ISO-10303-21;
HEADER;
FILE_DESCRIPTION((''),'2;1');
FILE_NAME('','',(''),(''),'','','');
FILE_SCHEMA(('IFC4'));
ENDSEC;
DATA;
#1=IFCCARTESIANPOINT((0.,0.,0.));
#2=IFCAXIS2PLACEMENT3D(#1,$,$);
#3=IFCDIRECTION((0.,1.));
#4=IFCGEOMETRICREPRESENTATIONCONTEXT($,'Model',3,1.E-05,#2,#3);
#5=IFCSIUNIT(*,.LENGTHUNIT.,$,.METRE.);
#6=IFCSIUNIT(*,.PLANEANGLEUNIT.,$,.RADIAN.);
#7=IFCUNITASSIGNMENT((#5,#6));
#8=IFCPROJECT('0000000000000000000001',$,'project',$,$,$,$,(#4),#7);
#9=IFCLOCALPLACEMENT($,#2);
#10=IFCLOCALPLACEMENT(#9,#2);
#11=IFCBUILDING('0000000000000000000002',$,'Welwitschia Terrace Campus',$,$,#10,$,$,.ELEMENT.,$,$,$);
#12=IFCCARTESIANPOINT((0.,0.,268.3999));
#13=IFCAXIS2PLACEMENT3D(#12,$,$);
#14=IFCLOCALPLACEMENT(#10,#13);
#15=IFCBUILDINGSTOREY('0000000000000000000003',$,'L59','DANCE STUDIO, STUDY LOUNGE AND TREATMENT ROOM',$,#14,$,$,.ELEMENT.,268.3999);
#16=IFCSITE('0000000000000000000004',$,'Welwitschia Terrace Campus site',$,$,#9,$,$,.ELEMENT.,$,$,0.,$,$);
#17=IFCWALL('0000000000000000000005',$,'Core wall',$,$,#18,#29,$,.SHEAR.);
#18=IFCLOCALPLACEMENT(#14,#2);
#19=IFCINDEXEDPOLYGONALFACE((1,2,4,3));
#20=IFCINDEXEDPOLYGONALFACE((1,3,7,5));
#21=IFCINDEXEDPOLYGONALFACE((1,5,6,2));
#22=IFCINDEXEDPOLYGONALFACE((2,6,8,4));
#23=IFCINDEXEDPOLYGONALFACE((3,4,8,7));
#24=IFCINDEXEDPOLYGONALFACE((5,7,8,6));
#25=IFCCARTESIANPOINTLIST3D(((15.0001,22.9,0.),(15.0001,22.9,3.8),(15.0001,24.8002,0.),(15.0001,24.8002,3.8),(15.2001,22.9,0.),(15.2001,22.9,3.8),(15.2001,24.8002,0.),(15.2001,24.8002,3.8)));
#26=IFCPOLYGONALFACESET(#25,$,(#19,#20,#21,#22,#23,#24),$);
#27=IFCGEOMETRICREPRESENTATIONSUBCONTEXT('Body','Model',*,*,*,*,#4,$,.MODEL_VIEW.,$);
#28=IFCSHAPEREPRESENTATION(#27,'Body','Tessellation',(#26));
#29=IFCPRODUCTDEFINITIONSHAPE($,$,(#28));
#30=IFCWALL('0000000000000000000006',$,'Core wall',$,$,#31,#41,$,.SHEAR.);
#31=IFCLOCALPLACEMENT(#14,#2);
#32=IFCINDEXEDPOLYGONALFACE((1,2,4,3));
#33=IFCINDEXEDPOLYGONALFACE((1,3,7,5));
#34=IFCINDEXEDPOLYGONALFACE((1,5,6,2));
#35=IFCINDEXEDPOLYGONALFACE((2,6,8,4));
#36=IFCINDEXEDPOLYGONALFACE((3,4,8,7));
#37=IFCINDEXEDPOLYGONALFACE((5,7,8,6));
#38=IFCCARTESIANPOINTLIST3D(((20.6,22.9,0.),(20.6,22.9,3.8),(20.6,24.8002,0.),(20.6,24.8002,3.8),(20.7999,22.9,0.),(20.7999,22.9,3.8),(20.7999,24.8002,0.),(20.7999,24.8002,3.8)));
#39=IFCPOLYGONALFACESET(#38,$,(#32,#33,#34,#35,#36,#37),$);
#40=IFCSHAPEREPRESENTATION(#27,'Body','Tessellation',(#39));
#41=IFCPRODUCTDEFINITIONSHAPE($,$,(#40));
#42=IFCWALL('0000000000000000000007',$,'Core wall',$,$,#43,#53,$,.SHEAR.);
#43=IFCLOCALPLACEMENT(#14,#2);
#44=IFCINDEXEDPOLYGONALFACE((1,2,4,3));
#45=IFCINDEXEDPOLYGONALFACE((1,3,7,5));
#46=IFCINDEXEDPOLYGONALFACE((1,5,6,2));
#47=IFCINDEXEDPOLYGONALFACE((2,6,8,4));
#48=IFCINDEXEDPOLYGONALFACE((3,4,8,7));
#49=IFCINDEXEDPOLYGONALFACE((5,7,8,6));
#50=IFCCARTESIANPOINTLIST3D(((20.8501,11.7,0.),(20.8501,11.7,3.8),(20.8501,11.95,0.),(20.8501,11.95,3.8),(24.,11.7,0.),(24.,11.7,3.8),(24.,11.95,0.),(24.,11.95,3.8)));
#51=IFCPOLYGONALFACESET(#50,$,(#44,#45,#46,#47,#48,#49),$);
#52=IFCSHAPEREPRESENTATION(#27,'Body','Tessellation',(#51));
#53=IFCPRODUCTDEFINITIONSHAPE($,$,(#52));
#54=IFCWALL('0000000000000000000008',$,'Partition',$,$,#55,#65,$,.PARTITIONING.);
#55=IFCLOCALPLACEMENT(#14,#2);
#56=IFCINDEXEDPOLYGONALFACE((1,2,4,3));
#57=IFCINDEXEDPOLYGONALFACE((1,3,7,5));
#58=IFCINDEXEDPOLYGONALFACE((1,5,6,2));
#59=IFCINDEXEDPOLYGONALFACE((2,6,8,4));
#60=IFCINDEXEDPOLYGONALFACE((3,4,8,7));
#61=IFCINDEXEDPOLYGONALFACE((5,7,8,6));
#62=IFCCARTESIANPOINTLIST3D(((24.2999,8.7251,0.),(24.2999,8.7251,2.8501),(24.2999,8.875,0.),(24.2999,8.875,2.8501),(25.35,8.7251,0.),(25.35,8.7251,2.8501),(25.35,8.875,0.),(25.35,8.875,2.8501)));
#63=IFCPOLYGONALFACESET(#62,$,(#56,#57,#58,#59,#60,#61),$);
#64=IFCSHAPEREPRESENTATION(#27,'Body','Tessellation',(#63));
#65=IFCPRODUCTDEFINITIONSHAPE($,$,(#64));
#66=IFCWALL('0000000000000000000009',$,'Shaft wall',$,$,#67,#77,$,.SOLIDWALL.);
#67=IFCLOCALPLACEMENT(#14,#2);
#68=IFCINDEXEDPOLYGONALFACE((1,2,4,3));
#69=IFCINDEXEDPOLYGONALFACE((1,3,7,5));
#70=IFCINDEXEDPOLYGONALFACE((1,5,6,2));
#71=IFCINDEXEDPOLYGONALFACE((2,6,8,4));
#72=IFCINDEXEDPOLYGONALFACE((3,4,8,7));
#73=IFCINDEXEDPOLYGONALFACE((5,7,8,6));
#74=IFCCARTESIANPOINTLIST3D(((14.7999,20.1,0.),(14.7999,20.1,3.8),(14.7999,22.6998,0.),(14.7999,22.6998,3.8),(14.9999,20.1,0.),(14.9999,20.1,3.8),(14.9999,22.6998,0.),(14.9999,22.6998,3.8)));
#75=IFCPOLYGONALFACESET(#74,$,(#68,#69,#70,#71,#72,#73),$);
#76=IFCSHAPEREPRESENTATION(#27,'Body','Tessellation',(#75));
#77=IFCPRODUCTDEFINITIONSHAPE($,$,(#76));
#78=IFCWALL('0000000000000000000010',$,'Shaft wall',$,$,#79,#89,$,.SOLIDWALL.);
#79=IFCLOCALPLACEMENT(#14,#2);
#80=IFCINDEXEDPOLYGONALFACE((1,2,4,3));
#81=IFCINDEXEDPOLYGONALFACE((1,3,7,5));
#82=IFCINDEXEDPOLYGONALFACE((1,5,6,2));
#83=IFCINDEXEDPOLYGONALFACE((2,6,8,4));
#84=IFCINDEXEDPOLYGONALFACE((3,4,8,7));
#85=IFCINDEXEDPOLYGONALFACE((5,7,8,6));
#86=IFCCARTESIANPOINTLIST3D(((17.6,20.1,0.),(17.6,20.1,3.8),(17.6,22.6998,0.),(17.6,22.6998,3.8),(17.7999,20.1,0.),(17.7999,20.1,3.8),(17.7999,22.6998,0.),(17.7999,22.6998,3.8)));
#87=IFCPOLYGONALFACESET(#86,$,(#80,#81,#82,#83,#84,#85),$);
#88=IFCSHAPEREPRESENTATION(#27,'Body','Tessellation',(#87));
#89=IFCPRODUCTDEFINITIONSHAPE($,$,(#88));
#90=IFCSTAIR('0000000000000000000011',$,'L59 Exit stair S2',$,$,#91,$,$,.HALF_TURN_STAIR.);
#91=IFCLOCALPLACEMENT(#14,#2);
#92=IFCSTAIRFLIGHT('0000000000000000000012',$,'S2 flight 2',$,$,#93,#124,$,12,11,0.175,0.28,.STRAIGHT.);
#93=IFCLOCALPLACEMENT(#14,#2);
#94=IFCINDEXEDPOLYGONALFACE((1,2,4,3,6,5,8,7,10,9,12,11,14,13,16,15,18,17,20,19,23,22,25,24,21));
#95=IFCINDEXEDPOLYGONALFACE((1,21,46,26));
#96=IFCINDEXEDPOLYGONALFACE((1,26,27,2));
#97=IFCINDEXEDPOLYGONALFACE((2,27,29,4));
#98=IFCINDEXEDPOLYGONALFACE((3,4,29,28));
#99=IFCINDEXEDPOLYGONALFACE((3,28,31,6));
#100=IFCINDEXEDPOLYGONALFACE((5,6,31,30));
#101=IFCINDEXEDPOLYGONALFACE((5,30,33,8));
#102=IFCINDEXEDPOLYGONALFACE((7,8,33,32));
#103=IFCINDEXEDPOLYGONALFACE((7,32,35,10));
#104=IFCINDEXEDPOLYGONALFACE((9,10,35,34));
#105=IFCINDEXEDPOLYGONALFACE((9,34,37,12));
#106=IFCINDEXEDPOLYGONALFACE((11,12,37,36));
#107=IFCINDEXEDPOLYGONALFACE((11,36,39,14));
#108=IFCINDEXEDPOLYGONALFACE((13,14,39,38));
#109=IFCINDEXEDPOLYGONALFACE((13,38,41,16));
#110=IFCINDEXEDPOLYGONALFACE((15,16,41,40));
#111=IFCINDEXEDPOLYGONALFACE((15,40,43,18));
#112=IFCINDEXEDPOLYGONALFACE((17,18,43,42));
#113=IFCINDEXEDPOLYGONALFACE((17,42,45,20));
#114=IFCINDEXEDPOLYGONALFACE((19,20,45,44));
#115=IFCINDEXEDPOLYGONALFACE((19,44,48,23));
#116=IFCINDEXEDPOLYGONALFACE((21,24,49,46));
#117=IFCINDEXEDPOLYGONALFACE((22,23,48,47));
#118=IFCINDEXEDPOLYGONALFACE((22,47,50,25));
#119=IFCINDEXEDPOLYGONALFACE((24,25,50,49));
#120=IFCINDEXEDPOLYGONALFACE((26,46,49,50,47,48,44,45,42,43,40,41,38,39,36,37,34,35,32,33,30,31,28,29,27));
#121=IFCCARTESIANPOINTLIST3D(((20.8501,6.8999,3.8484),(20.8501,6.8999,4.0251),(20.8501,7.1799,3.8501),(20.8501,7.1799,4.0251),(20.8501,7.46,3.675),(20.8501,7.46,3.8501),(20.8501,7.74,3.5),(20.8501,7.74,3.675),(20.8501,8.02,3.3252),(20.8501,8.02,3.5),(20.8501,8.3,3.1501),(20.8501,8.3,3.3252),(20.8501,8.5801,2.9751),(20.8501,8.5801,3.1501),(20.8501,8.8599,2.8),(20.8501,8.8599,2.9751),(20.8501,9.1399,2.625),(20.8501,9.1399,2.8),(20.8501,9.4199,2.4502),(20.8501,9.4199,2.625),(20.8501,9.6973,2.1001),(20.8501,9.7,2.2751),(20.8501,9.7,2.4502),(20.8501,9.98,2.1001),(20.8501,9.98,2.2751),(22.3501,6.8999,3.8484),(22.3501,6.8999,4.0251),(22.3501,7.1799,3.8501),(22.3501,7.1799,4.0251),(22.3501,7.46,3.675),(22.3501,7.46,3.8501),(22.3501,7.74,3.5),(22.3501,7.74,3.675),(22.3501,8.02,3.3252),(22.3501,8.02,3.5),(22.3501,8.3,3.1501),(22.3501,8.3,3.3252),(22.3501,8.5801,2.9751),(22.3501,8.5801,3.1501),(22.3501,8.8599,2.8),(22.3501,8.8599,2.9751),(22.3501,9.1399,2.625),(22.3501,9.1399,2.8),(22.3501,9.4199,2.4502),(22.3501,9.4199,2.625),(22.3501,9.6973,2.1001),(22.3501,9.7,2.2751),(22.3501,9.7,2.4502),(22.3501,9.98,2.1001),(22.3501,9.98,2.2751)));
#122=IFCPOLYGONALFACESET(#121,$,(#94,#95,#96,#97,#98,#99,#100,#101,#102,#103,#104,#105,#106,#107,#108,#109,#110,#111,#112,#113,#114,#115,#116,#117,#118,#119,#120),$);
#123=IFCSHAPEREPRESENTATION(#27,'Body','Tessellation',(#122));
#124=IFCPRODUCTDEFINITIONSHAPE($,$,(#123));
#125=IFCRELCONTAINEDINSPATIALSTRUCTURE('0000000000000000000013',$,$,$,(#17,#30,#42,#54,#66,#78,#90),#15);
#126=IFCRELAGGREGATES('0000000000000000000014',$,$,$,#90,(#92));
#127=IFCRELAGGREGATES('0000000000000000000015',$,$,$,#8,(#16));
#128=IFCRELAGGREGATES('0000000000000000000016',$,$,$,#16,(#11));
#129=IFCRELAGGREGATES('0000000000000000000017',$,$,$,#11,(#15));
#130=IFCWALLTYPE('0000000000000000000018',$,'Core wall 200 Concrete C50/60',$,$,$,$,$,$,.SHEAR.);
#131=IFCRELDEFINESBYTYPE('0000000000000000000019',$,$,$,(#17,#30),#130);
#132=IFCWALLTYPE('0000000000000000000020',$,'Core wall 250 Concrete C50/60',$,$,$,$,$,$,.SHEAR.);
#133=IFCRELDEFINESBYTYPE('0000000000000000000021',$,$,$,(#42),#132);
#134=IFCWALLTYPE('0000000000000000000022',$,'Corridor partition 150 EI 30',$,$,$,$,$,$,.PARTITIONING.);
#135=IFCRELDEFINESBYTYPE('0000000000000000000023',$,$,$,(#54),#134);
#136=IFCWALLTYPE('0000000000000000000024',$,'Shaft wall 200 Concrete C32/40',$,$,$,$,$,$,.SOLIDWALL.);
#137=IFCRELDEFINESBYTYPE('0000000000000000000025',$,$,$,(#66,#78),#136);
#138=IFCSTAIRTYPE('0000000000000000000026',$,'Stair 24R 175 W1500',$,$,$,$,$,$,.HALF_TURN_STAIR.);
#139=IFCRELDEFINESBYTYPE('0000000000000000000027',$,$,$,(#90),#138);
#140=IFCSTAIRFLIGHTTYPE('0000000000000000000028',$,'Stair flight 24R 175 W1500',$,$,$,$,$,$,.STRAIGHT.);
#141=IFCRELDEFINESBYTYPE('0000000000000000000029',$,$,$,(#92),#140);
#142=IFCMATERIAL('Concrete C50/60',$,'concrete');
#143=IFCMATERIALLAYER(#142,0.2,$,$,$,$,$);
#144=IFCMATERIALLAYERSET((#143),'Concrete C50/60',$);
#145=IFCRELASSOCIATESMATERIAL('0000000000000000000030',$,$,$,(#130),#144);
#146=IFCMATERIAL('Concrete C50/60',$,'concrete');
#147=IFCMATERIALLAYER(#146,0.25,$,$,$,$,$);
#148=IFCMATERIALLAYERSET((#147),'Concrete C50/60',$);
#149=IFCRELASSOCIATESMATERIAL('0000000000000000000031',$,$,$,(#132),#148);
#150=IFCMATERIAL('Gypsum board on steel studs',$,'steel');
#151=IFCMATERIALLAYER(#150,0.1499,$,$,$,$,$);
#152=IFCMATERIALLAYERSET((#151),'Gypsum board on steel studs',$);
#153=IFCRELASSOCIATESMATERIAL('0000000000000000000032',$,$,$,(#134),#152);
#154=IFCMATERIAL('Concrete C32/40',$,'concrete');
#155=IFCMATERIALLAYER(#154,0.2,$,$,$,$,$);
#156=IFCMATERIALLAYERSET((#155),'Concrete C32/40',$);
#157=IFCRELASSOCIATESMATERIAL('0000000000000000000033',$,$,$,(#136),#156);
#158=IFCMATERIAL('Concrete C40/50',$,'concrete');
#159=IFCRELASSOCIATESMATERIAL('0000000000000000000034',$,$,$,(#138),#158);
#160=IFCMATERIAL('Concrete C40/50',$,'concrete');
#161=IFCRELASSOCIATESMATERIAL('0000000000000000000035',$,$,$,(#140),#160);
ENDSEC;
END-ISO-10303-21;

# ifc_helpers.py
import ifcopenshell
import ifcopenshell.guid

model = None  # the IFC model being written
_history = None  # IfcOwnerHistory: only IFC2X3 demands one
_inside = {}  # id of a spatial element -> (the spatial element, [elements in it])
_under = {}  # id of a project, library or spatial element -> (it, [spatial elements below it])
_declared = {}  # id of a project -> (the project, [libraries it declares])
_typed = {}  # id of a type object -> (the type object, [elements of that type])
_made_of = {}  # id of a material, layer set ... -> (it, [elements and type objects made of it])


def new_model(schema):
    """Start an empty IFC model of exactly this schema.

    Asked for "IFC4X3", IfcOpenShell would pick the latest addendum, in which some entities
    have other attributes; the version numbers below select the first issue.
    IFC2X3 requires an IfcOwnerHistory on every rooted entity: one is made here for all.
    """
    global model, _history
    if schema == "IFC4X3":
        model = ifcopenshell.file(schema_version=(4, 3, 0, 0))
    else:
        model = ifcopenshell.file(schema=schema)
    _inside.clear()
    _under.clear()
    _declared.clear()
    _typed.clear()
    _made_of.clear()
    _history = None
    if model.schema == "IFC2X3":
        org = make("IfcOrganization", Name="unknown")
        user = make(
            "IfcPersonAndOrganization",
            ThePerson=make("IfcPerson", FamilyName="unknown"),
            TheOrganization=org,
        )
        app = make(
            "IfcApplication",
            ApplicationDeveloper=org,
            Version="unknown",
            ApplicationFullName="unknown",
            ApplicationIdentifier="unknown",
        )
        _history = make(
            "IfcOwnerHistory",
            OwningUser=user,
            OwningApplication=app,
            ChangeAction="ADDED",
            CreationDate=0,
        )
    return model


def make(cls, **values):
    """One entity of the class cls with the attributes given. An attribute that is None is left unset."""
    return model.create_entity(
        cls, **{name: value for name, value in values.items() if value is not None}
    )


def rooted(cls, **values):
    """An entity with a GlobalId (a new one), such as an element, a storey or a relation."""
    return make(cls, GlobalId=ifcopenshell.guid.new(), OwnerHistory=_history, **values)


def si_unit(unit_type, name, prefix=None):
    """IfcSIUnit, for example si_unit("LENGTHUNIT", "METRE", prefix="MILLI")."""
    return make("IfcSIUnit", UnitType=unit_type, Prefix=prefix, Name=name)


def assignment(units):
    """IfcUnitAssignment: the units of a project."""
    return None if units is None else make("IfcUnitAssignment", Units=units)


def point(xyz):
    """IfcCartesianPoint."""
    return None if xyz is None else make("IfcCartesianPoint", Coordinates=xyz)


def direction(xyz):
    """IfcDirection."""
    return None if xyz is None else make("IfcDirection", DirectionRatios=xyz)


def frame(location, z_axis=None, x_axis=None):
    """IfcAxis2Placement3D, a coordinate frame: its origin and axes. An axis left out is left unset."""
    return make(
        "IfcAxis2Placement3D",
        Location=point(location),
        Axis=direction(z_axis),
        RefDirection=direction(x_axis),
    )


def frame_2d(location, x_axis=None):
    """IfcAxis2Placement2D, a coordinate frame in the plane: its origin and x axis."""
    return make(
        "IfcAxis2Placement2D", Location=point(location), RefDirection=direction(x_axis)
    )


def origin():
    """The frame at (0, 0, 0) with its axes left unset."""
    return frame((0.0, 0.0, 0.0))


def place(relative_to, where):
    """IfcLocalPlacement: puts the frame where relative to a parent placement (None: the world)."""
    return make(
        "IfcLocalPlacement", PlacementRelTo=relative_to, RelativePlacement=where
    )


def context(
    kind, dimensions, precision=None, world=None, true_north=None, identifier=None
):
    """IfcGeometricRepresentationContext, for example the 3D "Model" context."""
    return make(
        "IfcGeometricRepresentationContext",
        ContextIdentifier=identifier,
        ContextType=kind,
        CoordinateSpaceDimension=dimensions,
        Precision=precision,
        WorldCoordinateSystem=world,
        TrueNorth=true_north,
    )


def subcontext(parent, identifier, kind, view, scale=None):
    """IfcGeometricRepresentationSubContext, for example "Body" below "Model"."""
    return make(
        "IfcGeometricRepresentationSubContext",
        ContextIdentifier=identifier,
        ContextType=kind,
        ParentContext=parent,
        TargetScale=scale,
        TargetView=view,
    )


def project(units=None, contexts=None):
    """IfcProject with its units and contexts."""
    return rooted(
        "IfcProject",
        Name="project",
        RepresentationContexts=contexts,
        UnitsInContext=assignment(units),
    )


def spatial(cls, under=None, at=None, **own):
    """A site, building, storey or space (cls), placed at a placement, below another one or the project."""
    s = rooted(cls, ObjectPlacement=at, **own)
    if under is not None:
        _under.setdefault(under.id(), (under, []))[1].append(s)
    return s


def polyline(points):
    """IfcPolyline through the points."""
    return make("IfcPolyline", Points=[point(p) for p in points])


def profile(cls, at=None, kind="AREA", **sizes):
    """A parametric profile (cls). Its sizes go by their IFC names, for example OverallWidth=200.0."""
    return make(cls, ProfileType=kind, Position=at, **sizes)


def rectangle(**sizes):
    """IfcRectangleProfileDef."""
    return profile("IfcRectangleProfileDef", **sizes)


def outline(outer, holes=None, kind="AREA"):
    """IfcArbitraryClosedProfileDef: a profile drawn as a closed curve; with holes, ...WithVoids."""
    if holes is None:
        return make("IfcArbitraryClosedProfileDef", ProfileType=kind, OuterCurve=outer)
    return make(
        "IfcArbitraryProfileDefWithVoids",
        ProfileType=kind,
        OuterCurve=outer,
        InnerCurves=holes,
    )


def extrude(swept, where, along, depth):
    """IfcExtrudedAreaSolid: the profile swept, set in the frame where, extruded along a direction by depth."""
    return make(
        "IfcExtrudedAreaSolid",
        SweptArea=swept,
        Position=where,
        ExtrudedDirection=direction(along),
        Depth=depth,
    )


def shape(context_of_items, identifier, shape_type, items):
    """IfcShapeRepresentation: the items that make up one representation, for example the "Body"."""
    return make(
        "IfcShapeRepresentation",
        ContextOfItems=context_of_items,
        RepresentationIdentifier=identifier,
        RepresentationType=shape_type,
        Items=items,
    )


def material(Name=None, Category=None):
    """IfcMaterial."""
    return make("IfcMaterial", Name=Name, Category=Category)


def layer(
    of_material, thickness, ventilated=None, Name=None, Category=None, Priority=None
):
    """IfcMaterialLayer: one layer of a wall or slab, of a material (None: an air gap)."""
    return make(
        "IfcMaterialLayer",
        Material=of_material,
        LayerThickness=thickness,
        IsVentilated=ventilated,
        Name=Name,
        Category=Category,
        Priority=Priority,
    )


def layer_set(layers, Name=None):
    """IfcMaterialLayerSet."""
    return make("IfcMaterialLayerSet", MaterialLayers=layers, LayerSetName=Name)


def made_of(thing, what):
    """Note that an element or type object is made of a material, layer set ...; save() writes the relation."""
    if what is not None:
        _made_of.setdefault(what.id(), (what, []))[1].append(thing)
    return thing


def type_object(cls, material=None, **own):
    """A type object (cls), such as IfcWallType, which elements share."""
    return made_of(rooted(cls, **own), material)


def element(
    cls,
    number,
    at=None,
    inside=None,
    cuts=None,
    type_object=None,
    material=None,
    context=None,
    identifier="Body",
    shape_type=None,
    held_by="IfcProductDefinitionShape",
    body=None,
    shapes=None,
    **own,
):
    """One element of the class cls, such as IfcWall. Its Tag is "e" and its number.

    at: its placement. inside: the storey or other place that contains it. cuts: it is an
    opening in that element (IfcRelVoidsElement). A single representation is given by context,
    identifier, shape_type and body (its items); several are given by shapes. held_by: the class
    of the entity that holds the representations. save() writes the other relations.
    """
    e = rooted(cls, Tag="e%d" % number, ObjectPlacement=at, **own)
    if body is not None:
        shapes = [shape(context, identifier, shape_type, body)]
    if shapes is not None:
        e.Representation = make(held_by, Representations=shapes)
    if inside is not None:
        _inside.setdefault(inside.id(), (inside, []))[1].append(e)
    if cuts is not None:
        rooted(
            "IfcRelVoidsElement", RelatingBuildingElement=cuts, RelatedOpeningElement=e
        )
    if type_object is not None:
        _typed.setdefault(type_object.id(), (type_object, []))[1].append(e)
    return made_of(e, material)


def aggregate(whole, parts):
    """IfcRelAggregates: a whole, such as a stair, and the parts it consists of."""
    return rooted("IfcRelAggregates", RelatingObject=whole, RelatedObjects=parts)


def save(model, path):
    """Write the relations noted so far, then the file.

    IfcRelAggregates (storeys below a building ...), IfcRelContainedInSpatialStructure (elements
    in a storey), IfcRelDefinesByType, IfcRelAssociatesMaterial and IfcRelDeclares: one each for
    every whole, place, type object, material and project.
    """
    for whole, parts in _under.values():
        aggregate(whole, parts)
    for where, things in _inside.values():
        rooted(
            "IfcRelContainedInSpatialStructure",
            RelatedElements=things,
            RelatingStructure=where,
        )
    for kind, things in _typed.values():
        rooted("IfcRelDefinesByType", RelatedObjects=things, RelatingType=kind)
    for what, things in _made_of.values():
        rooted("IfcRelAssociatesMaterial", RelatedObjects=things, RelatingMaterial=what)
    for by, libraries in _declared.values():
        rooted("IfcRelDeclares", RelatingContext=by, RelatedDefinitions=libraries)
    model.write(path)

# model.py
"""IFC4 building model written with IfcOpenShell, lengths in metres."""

from ifc_helpers import new_model, si_unit, direction, frame, frame_2d, origin, place, context, subcontext, project, spatial, polyline, rectangle, outline, extrude, material, layer, layer_set, type_object, element, aggregate, save


model = new_model("IFC4")

# Units and contexts
model_context = context("Model", 3, precision=1e-05, world=origin(), true_north=direction((0.0, 1.0)))
body_context = subcontext(model_context, "Body", "Model", "MODEL_VIEW")
ifc_project = project(units=[si_unit("LENGTHUNIT", "METRE"), si_unit("PLANEANGLEUNIT", "RADIAN")], contexts=[model_context])

# Site, building, storey
site_placement = place(None, origin())
site = spatial("IfcSite", under=ifc_project, at=site_placement, Name="Welwitschia Terrace Campus site", CompositionType="ELEMENT", RefElevation=0.0)
building_placement = place(site_placement, origin())
building = spatial("IfcBuilding", under=site, at=building_placement, Name="Welwitschia Terrace Campus", CompositionType="ELEMENT")
storey_placement = place(building_placement, frame((0.0, 0.0, 268.3999)))
storey = spatial("IfcBuildingStorey", under=building, at=storey_placement, Name="L59", Description="DANCE STUDIO, STUDY LOUNGE AND TREATMENT ROOM", CompositionType="ELEMENT", Elevation=268.3999)

# Walls
ifc_material_1 = material(Name="Concrete C50/60", Category="concrete")
ifc_layer_1 = layer(ifc_material_1, 0.2)
ifc_layer_set_1 = layer_set([ifc_layer_1], Name="Concrete C50/60")
wall_type_1 = type_object("IfcWallType", Name="Core wall 200 Concrete C50/60", PredefinedType="SHEAR", material=ifc_layer_set_1)
for number, where, z_axis, x_axis, name in (
    (1, (15.1001, 22.8999, 0.0), (0.0, 0.0, 1.0), (0.0, 1.0, 0.0), "Core wall"),
    (2, (20.7, 22.8999, 0.0), (0.0, 0.0, 1.0), (0.0, 1.0, 0.0), "Core wall"),
):
    element("IfcWall", number, at=place(storey_placement, frame(where, z_axis=z_axis, x_axis=x_axis)), inside=storey, type_object=wall_type_1, Name=name, PredefinedType="SHEAR", context=body_context, shape_type="SweptSolid", body=[
        extrude(rectangle(XDim=1.9001, YDim=0.2, at=frame_2d((0.9502, 0.0))), origin(), (0.0, 0.0, 1.0), 3.8),
    ])
ifc_material_2 = material(Name="Concrete C50/60", Category="concrete")
ifc_layer_2 = layer(ifc_material_2, 0.25)
ifc_layer_set_2 = layer_set([ifc_layer_2], Name="Concrete C50/60")
wall_type_2 = type_object("IfcWallType", Name="Core wall 250 Concrete C50/60", PredefinedType="SHEAR", material=ifc_layer_set_2)
wall_1_placement = place(storey_placement, frame((20.8501, 11.825, 0.0), z_axis=(0.0, 0.0, 1.0), x_axis=(1.0, 0.0, 0.0)))
element("IfcWall", 3, at=wall_1_placement, inside=storey, type_object=wall_type_2, Name="Core wall", PredefinedType="SHEAR", context=body_context, shape_type="SweptSolid", body=[
    extrude(rectangle(XDim=3.1499, YDim=0.25, at=frame_2d((1.575, 0.0))), origin(), (0.0, 0.0, 1.0), 3.8),
])
ifc_material_3 = material(Name="Gypsum board on steel studs", Category="steel")
ifc_layer_3 = layer(ifc_material_3, 0.1499)
ifc_layer_set_3 = layer_set([ifc_layer_3], Name="Gypsum board on steel studs")
wall_type_3 = type_object("IfcWallType", Name="Corridor partition 150 EI 30", PredefinedType="PARTITIONING", material=ifc_layer_set_3)
wall_2_placement = place(storey_placement, frame((24.3, 8.8, 0.0), z_axis=(0.0, 0.0, 1.0), x_axis=(1.0, 0.0, 0.0)))
element("IfcWall", 4, at=wall_2_placement, inside=storey, type_object=wall_type_3, Name="Partition", PredefinedType="PARTITIONING", context=body_context, shape_type="SweptSolid", body=[
    extrude(rectangle(XDim=1.05, YDim=0.1499, at=frame_2d((0.5249, 0.0))), origin(), (0.0, 0.0, 1.0), 2.8501),
])
ifc_material_4 = material(Name="Concrete C32/40", Category="concrete")
ifc_layer_4 = layer(ifc_material_4, 0.2)
ifc_layer_set_4 = layer_set([ifc_layer_4], Name="Concrete C32/40")
wall_type_4 = type_object("IfcWallType", Name="Shaft wall 200 Concrete C32/40", PredefinedType="SOLIDWALL", material=ifc_layer_set_4)
for number, where, z_axis, x_axis, name in (
    (5, (14.8999, 20.1001, 0.0), (0.0, 0.0, 1.0), (0.0, 1.0, 0.0), "Shaft wall"),
    (6, (17.7, 20.1001, 0.0), (0.0, 0.0, 1.0), (0.0, 1.0, 0.0), "Shaft wall"),
):
    element("IfcWall", number, at=place(storey_placement, frame(where, z_axis=z_axis, x_axis=x_axis)), inside=storey, type_object=wall_type_4, Name=name, PredefinedType="SOLIDWALL", context=body_context, shape_type="SweptSolid", body=[
        extrude(rectangle(XDim=2.5999, YDim=0.2, at=frame_2d((1.2998, 0.0))), origin(), (0.0, 0.0, 1.0), 3.8),
    ])

# Stair, stair flight
ifc_material_5 = material(Name="Concrete C40/50", Category="concrete")
stair_type = type_object("IfcStairType", Name="Stair 24R 175 W1500", PredefinedType="HALF_TURN_STAIR", material=ifc_material_5)
stair_placement = place(storey_placement, origin())
stair = element("IfcStair", 7, at=stair_placement, inside=storey, type_object=stair_type, Name="L59 Exit stair S2", PredefinedType="HALF_TURN_STAIR")
ifc_material_6 = material(Name="Concrete C40/50", Category="concrete")
stair_flight_type = type_object("IfcStairFlightType", Name="Stair flight 24R 175 W1500", PredefinedType="STRAIGHT", material=ifc_material_6)
stair_flight_placement = place(storey_placement, frame((21.6001, 9.98, 2.1001), z_axis=(0.0, 0.0, 1.0), x_axis=(0.0, -1.0, 0.0)))
stair_flight = element("IfcStairFlight", 8, at=stair_flight_placement, type_object=stair_flight_type, Name="S2 flight 2", NumberOfRisers=12, NumberOfTreads=11, PredefinedType="STRAIGHT", RiserHeight=0.175, TreadLength=0.28, context=body_context, shape_type="SweptSolid", body=[
    extrude(outline(polyline([(0.0, 0.0), (0.0, 0.175), (0.28, 0.175), (0.28, 0.3501), (0.5601, 0.3501), (0.5601, 0.5249), (0.8401, 0.5249), (0.8401, 0.7), (1.1201, 0.7), (1.1201, 0.875), (1.3999, 0.875), (1.3999, 1.05), (1.6799, 1.05), (1.6799, 1.2251), (1.96, 1.2251), (1.96, 1.3999), (2.24, 1.3999), (2.24, 1.575), (2.52, 1.575), (2.52, 1.75), (2.8, 1.75), (2.8, 1.925), (3.0801, 1.925), (3.0801, 2.1001), (3.0801, 1.7483), (0.2827, 0.0), (0.0, 0.0)])), frame((0.0, 0.75, 0.0), z_axis=(0.0, -1.0, 0.0), x_axis=(1.0, 0.0, 0.0)), (0.0, 0.0, 1.0), 1.5),
])
aggregate(stair, [stair_flight])

save(model, "model.ifc")
